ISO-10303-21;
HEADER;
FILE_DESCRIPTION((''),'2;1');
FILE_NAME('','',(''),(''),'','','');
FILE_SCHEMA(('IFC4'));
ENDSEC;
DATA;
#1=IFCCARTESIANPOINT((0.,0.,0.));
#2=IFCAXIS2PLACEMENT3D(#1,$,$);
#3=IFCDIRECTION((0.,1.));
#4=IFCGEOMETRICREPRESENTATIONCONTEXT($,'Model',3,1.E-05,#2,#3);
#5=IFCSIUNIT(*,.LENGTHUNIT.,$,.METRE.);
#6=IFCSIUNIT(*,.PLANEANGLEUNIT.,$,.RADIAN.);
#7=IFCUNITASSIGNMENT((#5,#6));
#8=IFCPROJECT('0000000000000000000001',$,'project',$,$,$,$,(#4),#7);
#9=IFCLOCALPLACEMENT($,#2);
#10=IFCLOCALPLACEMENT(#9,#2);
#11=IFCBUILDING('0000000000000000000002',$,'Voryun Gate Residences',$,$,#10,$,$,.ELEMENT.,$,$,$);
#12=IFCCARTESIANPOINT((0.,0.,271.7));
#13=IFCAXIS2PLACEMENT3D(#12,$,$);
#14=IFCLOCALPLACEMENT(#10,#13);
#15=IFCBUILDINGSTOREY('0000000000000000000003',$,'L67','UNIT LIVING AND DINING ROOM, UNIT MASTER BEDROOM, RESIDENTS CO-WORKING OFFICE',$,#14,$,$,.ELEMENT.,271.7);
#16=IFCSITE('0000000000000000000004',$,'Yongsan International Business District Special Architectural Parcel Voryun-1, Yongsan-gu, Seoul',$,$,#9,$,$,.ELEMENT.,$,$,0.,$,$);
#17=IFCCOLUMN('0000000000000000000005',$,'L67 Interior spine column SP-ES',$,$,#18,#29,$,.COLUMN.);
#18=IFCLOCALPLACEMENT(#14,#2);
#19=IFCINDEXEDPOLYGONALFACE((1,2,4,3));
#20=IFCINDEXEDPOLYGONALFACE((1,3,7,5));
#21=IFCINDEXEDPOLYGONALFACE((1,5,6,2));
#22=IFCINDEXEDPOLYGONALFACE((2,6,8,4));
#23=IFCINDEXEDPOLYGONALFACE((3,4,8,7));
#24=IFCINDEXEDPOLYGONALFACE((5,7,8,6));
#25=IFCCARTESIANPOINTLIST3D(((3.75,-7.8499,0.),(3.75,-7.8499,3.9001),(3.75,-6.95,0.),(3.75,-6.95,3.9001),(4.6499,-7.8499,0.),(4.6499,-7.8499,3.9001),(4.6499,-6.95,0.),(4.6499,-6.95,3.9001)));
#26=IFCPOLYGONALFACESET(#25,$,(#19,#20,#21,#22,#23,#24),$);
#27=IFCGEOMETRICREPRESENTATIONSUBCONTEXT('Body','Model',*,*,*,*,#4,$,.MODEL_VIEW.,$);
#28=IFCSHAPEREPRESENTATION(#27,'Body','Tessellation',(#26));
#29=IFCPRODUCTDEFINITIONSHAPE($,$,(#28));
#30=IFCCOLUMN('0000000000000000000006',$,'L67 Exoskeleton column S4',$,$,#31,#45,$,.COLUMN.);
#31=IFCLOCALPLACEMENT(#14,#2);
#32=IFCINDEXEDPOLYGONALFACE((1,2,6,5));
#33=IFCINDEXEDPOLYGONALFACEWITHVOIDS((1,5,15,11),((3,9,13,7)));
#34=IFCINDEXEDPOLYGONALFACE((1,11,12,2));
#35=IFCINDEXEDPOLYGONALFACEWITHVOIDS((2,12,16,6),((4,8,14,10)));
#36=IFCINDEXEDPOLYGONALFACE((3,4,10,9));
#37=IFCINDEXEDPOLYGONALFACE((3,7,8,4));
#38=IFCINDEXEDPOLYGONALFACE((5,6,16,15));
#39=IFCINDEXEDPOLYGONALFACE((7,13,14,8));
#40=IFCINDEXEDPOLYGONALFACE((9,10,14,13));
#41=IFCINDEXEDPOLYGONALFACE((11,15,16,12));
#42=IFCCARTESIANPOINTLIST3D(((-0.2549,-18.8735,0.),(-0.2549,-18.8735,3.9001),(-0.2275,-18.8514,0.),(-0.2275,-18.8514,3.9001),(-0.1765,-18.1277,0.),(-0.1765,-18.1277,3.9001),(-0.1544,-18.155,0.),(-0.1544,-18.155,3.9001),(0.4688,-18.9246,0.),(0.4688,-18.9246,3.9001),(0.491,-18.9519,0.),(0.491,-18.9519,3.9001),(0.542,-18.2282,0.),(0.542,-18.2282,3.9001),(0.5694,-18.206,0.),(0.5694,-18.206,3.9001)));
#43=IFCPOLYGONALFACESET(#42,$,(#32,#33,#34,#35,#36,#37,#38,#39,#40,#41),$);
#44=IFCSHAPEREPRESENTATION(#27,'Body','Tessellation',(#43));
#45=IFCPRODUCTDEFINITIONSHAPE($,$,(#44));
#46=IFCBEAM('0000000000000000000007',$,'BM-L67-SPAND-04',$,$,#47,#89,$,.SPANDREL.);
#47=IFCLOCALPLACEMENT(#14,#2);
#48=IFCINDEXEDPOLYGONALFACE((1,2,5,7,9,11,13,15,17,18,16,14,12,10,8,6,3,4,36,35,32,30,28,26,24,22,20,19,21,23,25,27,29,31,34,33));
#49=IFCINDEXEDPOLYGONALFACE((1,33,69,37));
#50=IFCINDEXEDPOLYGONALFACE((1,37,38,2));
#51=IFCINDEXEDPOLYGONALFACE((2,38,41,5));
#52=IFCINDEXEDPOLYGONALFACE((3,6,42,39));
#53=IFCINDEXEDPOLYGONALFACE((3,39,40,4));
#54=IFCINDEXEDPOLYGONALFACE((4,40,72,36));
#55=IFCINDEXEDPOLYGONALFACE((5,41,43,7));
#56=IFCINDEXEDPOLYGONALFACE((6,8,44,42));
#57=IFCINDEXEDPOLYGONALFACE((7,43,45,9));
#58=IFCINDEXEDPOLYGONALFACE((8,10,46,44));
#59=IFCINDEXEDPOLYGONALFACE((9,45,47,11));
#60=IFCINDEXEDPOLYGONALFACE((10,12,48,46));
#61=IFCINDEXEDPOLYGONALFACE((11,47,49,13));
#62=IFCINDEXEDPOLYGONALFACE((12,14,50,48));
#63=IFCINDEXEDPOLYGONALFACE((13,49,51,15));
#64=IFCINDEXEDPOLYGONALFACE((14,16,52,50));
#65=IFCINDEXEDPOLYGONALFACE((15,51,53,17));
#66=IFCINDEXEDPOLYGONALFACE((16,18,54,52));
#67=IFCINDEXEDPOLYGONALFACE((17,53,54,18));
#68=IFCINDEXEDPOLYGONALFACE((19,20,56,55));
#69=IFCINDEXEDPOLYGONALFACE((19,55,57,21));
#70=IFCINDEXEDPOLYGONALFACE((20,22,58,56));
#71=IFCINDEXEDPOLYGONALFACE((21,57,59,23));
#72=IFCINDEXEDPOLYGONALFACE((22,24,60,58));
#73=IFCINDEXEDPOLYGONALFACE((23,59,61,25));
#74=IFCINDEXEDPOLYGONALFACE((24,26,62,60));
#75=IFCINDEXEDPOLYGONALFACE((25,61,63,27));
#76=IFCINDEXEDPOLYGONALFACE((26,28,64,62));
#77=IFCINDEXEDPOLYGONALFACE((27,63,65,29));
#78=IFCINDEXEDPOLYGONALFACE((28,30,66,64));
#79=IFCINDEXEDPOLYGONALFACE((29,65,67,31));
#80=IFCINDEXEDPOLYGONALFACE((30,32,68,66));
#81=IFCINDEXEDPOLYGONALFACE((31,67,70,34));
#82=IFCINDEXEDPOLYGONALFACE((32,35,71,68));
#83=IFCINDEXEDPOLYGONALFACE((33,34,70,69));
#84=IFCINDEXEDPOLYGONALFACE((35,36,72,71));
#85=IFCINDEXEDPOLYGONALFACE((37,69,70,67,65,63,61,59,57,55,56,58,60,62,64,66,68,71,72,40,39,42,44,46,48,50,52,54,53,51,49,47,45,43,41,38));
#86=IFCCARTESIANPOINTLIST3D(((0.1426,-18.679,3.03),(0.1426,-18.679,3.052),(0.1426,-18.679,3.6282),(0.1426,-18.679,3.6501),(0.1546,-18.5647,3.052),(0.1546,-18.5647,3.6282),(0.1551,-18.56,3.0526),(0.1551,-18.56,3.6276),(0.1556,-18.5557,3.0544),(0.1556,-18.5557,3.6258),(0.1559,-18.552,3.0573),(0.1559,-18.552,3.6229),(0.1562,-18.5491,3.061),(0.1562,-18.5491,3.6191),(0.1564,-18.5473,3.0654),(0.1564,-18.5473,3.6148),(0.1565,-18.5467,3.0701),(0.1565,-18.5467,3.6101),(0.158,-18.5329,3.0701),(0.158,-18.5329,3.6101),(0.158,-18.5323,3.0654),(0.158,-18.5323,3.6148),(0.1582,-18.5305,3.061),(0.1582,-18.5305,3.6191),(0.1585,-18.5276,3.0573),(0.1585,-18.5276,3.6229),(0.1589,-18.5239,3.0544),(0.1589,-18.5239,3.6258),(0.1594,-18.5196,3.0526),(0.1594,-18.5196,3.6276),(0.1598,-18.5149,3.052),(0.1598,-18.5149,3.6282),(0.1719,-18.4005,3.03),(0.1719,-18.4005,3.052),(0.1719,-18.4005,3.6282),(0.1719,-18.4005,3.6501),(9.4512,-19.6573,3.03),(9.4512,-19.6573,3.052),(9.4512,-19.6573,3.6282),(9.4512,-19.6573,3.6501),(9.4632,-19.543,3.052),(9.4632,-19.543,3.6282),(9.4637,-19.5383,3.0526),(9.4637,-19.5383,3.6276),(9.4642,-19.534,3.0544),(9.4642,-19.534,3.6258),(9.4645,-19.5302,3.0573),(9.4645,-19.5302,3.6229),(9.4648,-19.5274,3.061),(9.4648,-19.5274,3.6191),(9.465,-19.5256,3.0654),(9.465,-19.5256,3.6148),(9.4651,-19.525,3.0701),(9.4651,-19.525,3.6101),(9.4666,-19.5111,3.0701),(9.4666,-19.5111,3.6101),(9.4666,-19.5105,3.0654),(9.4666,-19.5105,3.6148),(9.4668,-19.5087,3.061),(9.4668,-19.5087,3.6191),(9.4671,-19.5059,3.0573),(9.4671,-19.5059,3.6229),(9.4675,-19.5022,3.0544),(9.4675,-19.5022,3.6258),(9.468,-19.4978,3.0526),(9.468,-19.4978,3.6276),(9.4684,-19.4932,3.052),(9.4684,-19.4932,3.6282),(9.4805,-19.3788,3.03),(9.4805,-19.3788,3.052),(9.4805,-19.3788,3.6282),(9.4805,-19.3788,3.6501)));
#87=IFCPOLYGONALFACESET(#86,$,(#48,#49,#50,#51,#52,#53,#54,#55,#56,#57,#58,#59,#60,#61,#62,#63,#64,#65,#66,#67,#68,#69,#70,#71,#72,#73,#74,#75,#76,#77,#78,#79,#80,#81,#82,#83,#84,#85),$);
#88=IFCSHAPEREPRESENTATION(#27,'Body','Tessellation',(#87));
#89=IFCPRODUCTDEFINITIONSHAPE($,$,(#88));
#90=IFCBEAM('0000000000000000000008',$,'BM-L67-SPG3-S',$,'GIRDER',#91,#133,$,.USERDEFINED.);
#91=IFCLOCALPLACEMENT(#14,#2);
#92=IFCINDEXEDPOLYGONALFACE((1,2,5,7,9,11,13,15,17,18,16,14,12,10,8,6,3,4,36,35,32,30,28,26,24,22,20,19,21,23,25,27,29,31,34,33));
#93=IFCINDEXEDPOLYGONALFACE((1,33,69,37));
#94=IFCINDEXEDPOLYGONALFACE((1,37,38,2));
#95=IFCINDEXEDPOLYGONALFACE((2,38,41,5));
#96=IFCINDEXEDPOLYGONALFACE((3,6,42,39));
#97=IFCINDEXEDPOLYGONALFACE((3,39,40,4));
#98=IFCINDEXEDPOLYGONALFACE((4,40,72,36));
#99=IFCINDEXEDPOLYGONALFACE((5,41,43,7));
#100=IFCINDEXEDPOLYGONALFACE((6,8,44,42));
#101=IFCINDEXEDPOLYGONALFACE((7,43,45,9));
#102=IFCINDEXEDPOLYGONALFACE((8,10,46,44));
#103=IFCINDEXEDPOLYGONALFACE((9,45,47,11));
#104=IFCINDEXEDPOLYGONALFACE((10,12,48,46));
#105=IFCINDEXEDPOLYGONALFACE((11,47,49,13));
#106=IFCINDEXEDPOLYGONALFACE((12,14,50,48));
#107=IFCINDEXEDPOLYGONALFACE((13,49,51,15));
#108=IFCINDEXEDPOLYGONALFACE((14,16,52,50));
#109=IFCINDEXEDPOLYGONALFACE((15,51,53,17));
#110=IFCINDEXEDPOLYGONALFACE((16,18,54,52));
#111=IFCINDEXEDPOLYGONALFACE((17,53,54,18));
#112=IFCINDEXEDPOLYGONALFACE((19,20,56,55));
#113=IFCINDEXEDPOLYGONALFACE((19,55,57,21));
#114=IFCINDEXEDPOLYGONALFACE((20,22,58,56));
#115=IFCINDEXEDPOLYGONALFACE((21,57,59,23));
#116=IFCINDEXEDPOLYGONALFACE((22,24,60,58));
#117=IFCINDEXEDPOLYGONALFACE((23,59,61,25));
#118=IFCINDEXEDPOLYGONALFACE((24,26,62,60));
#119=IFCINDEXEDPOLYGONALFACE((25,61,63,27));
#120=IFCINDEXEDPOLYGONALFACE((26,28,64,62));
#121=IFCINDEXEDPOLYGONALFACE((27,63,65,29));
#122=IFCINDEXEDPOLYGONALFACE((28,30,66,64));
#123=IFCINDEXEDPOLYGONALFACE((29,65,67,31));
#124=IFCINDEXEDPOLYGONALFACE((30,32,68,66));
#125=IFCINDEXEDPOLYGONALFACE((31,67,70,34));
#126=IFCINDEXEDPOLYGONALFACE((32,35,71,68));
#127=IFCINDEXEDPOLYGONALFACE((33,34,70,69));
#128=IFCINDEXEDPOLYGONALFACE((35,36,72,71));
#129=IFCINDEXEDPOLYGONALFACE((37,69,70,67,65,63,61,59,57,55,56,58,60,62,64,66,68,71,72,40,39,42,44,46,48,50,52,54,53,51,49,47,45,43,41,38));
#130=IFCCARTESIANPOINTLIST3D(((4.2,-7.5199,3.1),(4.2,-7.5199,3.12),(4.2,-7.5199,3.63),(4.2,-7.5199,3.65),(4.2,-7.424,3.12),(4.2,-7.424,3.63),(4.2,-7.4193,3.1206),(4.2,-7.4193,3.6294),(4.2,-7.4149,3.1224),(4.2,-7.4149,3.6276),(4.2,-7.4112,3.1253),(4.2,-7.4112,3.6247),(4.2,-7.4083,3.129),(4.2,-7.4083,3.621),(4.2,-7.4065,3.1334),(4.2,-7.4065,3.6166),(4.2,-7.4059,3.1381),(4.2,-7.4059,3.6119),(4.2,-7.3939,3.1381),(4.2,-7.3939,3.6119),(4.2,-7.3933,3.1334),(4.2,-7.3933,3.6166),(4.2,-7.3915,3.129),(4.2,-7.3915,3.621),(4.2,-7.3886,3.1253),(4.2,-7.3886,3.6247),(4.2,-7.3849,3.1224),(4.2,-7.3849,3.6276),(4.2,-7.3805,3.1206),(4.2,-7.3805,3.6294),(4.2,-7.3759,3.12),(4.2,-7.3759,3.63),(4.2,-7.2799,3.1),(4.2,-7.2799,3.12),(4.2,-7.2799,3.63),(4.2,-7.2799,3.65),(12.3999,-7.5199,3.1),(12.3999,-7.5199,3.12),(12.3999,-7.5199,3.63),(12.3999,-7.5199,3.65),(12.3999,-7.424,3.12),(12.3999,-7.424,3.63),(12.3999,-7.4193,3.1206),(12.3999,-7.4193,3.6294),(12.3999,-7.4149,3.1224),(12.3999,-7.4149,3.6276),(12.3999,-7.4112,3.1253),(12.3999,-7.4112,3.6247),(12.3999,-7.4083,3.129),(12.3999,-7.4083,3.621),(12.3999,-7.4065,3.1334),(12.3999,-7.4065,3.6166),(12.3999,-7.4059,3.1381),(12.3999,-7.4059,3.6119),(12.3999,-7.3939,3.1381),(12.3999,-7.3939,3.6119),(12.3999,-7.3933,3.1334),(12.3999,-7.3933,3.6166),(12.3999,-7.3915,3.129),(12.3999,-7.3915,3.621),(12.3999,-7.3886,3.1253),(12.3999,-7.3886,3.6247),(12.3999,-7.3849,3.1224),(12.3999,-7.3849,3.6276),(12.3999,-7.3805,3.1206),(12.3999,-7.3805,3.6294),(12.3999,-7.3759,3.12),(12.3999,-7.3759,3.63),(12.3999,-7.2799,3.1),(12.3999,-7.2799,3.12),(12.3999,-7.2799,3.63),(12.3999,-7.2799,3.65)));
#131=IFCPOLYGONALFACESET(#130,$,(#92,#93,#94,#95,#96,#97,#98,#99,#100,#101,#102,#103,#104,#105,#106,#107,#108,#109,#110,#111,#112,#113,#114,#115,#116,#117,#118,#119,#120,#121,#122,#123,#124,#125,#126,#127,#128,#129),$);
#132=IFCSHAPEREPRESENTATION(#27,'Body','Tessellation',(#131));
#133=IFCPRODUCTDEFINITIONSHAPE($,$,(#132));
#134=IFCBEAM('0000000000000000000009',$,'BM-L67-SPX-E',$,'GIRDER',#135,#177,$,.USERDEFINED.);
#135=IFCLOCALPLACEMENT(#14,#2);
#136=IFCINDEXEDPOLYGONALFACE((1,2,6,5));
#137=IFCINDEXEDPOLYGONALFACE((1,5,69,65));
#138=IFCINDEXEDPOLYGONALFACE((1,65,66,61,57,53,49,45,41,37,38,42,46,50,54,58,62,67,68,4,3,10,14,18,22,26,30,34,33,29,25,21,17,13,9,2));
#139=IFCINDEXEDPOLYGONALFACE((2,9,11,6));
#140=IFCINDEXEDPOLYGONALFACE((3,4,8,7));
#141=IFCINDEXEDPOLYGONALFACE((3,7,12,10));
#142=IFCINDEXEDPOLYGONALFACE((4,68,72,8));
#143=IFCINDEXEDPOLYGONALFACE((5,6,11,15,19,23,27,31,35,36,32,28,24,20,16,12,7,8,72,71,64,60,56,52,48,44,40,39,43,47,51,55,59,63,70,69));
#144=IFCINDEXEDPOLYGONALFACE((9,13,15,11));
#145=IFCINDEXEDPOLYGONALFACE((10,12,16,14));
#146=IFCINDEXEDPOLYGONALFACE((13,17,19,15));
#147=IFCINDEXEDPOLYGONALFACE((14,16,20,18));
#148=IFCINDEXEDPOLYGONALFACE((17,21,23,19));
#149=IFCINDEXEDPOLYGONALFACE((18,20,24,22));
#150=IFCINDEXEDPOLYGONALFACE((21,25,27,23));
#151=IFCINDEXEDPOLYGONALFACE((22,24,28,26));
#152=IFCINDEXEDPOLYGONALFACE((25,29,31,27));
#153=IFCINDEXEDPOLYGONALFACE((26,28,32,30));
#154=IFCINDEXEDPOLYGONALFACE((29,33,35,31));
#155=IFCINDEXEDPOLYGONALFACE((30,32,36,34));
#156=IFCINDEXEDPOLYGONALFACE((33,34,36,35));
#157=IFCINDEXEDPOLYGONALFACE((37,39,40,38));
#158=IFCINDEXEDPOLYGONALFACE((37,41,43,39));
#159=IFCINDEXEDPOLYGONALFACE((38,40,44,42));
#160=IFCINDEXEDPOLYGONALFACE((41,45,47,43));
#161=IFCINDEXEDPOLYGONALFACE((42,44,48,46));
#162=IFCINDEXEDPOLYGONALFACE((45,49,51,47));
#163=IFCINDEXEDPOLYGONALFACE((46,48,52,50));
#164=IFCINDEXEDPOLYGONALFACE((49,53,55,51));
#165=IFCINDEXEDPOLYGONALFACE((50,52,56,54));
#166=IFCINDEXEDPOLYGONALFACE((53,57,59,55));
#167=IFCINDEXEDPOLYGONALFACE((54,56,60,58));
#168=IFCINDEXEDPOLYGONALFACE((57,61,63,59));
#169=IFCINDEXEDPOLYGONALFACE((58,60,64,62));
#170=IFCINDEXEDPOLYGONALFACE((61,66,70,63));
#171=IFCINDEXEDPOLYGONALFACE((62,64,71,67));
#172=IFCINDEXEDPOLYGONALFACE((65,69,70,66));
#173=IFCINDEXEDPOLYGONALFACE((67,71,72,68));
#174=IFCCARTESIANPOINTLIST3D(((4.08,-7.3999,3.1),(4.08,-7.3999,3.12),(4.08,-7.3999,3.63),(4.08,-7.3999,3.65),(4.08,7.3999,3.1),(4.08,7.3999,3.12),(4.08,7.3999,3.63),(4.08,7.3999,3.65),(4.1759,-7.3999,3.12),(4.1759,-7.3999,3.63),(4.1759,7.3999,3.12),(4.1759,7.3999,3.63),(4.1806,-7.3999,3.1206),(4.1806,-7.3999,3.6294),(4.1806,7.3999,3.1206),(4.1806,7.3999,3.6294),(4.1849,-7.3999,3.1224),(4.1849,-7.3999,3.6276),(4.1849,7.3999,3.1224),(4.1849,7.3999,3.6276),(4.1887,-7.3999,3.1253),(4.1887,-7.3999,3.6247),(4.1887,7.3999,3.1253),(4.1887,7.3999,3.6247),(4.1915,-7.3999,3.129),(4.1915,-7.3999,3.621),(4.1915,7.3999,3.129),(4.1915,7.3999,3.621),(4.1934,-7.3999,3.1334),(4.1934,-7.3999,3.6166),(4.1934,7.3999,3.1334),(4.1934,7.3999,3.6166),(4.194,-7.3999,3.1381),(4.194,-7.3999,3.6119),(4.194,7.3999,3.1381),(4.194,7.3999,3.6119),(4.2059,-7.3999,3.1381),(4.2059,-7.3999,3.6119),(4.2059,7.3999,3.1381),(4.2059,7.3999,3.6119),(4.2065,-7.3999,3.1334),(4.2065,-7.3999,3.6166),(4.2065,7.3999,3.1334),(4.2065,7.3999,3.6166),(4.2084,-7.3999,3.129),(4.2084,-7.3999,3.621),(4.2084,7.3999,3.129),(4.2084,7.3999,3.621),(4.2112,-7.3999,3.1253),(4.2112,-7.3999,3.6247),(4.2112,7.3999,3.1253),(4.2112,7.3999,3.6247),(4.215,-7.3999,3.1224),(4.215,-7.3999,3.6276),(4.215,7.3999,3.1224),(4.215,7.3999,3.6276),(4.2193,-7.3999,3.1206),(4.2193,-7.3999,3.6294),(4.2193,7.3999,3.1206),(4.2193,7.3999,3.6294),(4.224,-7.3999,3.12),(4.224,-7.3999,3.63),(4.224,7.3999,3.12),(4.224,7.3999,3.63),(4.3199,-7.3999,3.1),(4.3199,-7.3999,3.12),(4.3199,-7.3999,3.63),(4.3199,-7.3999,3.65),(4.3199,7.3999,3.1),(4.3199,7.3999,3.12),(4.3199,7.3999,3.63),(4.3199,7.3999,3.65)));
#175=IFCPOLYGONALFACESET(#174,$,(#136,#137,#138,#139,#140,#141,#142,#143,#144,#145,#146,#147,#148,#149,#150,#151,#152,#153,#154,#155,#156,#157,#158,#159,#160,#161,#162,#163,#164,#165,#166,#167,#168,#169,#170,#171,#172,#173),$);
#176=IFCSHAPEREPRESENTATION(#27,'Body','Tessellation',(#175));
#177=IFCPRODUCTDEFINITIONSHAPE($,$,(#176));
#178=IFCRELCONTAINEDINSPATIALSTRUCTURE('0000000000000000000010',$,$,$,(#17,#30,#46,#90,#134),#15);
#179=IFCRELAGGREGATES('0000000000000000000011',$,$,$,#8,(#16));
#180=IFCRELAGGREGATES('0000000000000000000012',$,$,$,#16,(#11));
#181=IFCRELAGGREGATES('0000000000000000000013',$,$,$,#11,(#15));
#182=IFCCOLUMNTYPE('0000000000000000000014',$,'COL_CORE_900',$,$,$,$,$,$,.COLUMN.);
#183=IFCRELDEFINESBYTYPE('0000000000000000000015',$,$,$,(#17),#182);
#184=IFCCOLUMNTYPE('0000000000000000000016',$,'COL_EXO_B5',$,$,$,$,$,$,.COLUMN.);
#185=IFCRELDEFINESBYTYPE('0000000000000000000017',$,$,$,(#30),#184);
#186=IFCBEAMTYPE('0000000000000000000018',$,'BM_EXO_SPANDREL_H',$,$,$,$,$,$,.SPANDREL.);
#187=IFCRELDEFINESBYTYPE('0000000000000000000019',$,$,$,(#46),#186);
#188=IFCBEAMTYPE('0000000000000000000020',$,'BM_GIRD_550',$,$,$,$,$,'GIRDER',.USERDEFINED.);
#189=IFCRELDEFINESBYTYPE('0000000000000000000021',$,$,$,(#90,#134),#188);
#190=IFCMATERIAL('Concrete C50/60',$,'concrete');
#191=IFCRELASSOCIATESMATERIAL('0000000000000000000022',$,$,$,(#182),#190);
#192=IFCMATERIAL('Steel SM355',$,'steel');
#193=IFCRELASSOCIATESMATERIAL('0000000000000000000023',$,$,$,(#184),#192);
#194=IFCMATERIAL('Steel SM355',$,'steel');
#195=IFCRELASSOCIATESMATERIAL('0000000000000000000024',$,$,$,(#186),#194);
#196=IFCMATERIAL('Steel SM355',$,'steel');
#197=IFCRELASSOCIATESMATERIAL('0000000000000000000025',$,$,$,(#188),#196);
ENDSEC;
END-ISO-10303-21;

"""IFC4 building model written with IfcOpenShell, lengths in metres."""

from ifc_helpers import new_model, si_unit, direction, frame, origin, origin_2d, place, context, subcontext, project, spatial, rectangle, hollow_rectangle, i_section, extrude, material, material_profile, profile_set, type_object, element, save


model = new_model("IFC4")

# Units and contexts
model_context = context("Model", 3, precision=1e-05, world=origin(), true_north=direction((0.0, 1.0)))
body_context = subcontext(model_context, "Body", "Model", "MODEL_VIEW")
ifc_project = project(units=[si_unit("LENGTHUNIT", "METRE"), si_unit("PLANEANGLEUNIT", "RADIAN")], contexts=[model_context])

# Site, building, storey
site_placement = place(None, origin())
site = spatial("IfcSite", under=ifc_project, at=site_placement, Name="Yongsan International Business District Special Architectural Parcel Voryun-1, Yongsan-gu, Seoul", CompositionType="ELEMENT", RefElevation=0.0)
building_placement = place(site_placement, origin())
building = spatial("IfcBuilding", under=site, at=building_placement, Name="Voryun Gate Residences", CompositionType="ELEMENT")
storey_placement = place(building_placement, frame((0.0, 0.0, 271.7)))
storey = spatial("IfcBuildingStorey", under=building, at=storey_placement, Name="L67", Description="UNIT LIVING AND DINING ROOM, UNIT MASTER BEDROOM, RESIDENTS CO-WORKING OFFICE", CompositionType="ELEMENT", Elevation=271.7)

# Columns
ifc_material_1 = material(Name="Concrete C50/60", Category="concrete")
ifc_material_profile_1 = material_profile(ifc_material_1, rectangle(XDim=0.8999, YDim=0.8999, at=origin_2d()), Name="RC-900x900")
ifc_profile_set_1 = profile_set([ifc_material_profile_1], Name="Concrete C50/60")
column_type_1 = type_object("IfcColumnType", Name="COL_CORE_900", PredefinedType="COLUMN", material=ifc_profile_set_1)
column_1_placement = place(storey_placement, frame((4.2, -7.3999, 0.0), z_axis=(0.0, 0.0, 1.0), x_axis=(1.0, 0.0, 0.0)))
element("IfcColumn", 1, at=column_1_placement, inside=storey, type_object=column_type_1, Name="L67 Interior spine column SP-ES", PredefinedType="COLUMN", context=body_context, shape_type="SweptSolid", body=[
    extrude(rectangle(XDim=0.8999, YDim=0.8999, at=origin_2d()), origin(), (0.0, 0.0, 1.0), 3.9001),
])
ifc_material_2 = material(Name="Steel SM355", Category="steel")
ifc_material_profile_2 = material_profile(ifc_material_2, hollow_rectangle(XDim=0.75, YDim=0.75, WallThickness=0.0249, at=origin_2d()), Name="BOX-750x750x25")
ifc_profile_set_2 = profile_set([ifc_material_profile_2], Name="Steel SM355")
column_type_2 = type_object("IfcColumnType", Name="COL_EXO_B5", PredefinedType="COLUMN", material=ifc_profile_set_2)
column_2_placement = place(storey_placement, frame((0.1572, -18.5398, 0.0), z_axis=(0.0, 0.0, 1.0), x_axis=(0.994522, -0.104528, 0.0)))
element("IfcColumn", 2, at=column_2_placement, inside=storey, type_object=column_type_2, Name="L67 Exoskeleton column S4", PredefinedType="COLUMN", context=body_context, shape_type="SweptSolid", body=[
    extrude(hollow_rectangle(XDim=0.75, YDim=0.75, WallThickness=0.0249, at=origin_2d()), origin(), (0.0, 0.0, 1.0), 3.9001),
])

# Beams
ifc_material_3 = material(Name="Steel SM355", Category="steel")
ifc_material_profile_3 = material_profile(ifc_material_3, i_section(OverallWidth=0.28, OverallDepth=0.6201, WebThickness=0.0139, FlangeThickness=0.022, FilletRadius=0.0181, at=origin_2d()), Name="H-620x280x14x22")
ifc_profile_set_3 = profile_set([ifc_material_profile_3], Name="Steel SM355")
beam_type_1 = type_object("IfcBeamType", Name="BM_EXO_SPANDREL_H", PredefinedType="SPANDREL", material=ifc_profile_set_3)
beam_1_placement = place(storey_placement, frame((0.1572, -18.5398, 3.3401), z_axis=(0.994523, -0.104518, 0.0), x_axis=(0.104518, 0.994523, 0.0)))
element("IfcBeam", 3, at=beam_1_placement, inside=storey, type_object=beam_type_1, Name="BM-L67-SPAND-04", PredefinedType="SPANDREL", context=body_context, shape_type="SweptSolid", body=[
    extrude(i_section(OverallWidth=0.28, OverallDepth=0.6201, WebThickness=0.0139, FlangeThickness=0.022, FilletRadius=0.0181, at=origin_2d()), origin(), (0.0, 0.0, 1.0), 9.3599),
])
ifc_material_4 = material(Name="Steel SM355", Category="steel")
ifc_material_profile_4 = material_profile(ifc_material_4, i_section(OverallWidth=0.24, OverallDepth=0.55, WebThickness=0.012, FlangeThickness=0.02, FilletRadius=0.0181, at=origin_2d()), Name="H-550x240x12x20")
ifc_profile_set_4 = profile_set([ifc_material_profile_4], Name="Steel SM355")
beam_type_2 = type_object("IfcBeamType", Name="BM_GIRD_550", ElementType="GIRDER", PredefinedType="USERDEFINED", material=ifc_profile_set_4)
beam_2_placement = place(storey_placement, frame((4.2, -7.3999, 3.375), z_axis=(1.0, 0.0, 0.0), x_axis=(0.0, 1.0, 0.0)))
element("IfcBeam", 4, at=beam_2_placement, inside=storey, type_object=beam_type_2, Name="BM-L67-SPG3-S", ObjectType="GIRDER", PredefinedType="USERDEFINED", context=body_context, shape_type="SweptSolid", body=[
    extrude(i_section(OverallWidth=0.24, OverallDepth=0.55, WebThickness=0.012, FlangeThickness=0.02, FilletRadius=0.0181, at=origin_2d()), origin(), (0.0, 0.0, 1.0), 8.2),
])
beam_3_placement = place(storey_placement, frame((4.2, -7.3999, 3.375), z_axis=(0.0, 1.0, 0.0), x_axis=(-1.0, 0.0, 0.0)))
element("IfcBeam", 5, at=beam_3_placement, inside=storey, type_object=beam_type_2, Name="BM-L67-SPX-E", ObjectType="GIRDER", PredefinedType="USERDEFINED", context=body_context, shape_type="SweptSolid", body=[
    extrude(i_section(OverallWidth=0.24, OverallDepth=0.55, WebThickness=0.012, FlangeThickness=0.02, FilletRadius=0.0181, at=origin_2d()), origin(), (0.0, 0.0, 1.0), 14.7998),
])

save(model, "model.ifc")
